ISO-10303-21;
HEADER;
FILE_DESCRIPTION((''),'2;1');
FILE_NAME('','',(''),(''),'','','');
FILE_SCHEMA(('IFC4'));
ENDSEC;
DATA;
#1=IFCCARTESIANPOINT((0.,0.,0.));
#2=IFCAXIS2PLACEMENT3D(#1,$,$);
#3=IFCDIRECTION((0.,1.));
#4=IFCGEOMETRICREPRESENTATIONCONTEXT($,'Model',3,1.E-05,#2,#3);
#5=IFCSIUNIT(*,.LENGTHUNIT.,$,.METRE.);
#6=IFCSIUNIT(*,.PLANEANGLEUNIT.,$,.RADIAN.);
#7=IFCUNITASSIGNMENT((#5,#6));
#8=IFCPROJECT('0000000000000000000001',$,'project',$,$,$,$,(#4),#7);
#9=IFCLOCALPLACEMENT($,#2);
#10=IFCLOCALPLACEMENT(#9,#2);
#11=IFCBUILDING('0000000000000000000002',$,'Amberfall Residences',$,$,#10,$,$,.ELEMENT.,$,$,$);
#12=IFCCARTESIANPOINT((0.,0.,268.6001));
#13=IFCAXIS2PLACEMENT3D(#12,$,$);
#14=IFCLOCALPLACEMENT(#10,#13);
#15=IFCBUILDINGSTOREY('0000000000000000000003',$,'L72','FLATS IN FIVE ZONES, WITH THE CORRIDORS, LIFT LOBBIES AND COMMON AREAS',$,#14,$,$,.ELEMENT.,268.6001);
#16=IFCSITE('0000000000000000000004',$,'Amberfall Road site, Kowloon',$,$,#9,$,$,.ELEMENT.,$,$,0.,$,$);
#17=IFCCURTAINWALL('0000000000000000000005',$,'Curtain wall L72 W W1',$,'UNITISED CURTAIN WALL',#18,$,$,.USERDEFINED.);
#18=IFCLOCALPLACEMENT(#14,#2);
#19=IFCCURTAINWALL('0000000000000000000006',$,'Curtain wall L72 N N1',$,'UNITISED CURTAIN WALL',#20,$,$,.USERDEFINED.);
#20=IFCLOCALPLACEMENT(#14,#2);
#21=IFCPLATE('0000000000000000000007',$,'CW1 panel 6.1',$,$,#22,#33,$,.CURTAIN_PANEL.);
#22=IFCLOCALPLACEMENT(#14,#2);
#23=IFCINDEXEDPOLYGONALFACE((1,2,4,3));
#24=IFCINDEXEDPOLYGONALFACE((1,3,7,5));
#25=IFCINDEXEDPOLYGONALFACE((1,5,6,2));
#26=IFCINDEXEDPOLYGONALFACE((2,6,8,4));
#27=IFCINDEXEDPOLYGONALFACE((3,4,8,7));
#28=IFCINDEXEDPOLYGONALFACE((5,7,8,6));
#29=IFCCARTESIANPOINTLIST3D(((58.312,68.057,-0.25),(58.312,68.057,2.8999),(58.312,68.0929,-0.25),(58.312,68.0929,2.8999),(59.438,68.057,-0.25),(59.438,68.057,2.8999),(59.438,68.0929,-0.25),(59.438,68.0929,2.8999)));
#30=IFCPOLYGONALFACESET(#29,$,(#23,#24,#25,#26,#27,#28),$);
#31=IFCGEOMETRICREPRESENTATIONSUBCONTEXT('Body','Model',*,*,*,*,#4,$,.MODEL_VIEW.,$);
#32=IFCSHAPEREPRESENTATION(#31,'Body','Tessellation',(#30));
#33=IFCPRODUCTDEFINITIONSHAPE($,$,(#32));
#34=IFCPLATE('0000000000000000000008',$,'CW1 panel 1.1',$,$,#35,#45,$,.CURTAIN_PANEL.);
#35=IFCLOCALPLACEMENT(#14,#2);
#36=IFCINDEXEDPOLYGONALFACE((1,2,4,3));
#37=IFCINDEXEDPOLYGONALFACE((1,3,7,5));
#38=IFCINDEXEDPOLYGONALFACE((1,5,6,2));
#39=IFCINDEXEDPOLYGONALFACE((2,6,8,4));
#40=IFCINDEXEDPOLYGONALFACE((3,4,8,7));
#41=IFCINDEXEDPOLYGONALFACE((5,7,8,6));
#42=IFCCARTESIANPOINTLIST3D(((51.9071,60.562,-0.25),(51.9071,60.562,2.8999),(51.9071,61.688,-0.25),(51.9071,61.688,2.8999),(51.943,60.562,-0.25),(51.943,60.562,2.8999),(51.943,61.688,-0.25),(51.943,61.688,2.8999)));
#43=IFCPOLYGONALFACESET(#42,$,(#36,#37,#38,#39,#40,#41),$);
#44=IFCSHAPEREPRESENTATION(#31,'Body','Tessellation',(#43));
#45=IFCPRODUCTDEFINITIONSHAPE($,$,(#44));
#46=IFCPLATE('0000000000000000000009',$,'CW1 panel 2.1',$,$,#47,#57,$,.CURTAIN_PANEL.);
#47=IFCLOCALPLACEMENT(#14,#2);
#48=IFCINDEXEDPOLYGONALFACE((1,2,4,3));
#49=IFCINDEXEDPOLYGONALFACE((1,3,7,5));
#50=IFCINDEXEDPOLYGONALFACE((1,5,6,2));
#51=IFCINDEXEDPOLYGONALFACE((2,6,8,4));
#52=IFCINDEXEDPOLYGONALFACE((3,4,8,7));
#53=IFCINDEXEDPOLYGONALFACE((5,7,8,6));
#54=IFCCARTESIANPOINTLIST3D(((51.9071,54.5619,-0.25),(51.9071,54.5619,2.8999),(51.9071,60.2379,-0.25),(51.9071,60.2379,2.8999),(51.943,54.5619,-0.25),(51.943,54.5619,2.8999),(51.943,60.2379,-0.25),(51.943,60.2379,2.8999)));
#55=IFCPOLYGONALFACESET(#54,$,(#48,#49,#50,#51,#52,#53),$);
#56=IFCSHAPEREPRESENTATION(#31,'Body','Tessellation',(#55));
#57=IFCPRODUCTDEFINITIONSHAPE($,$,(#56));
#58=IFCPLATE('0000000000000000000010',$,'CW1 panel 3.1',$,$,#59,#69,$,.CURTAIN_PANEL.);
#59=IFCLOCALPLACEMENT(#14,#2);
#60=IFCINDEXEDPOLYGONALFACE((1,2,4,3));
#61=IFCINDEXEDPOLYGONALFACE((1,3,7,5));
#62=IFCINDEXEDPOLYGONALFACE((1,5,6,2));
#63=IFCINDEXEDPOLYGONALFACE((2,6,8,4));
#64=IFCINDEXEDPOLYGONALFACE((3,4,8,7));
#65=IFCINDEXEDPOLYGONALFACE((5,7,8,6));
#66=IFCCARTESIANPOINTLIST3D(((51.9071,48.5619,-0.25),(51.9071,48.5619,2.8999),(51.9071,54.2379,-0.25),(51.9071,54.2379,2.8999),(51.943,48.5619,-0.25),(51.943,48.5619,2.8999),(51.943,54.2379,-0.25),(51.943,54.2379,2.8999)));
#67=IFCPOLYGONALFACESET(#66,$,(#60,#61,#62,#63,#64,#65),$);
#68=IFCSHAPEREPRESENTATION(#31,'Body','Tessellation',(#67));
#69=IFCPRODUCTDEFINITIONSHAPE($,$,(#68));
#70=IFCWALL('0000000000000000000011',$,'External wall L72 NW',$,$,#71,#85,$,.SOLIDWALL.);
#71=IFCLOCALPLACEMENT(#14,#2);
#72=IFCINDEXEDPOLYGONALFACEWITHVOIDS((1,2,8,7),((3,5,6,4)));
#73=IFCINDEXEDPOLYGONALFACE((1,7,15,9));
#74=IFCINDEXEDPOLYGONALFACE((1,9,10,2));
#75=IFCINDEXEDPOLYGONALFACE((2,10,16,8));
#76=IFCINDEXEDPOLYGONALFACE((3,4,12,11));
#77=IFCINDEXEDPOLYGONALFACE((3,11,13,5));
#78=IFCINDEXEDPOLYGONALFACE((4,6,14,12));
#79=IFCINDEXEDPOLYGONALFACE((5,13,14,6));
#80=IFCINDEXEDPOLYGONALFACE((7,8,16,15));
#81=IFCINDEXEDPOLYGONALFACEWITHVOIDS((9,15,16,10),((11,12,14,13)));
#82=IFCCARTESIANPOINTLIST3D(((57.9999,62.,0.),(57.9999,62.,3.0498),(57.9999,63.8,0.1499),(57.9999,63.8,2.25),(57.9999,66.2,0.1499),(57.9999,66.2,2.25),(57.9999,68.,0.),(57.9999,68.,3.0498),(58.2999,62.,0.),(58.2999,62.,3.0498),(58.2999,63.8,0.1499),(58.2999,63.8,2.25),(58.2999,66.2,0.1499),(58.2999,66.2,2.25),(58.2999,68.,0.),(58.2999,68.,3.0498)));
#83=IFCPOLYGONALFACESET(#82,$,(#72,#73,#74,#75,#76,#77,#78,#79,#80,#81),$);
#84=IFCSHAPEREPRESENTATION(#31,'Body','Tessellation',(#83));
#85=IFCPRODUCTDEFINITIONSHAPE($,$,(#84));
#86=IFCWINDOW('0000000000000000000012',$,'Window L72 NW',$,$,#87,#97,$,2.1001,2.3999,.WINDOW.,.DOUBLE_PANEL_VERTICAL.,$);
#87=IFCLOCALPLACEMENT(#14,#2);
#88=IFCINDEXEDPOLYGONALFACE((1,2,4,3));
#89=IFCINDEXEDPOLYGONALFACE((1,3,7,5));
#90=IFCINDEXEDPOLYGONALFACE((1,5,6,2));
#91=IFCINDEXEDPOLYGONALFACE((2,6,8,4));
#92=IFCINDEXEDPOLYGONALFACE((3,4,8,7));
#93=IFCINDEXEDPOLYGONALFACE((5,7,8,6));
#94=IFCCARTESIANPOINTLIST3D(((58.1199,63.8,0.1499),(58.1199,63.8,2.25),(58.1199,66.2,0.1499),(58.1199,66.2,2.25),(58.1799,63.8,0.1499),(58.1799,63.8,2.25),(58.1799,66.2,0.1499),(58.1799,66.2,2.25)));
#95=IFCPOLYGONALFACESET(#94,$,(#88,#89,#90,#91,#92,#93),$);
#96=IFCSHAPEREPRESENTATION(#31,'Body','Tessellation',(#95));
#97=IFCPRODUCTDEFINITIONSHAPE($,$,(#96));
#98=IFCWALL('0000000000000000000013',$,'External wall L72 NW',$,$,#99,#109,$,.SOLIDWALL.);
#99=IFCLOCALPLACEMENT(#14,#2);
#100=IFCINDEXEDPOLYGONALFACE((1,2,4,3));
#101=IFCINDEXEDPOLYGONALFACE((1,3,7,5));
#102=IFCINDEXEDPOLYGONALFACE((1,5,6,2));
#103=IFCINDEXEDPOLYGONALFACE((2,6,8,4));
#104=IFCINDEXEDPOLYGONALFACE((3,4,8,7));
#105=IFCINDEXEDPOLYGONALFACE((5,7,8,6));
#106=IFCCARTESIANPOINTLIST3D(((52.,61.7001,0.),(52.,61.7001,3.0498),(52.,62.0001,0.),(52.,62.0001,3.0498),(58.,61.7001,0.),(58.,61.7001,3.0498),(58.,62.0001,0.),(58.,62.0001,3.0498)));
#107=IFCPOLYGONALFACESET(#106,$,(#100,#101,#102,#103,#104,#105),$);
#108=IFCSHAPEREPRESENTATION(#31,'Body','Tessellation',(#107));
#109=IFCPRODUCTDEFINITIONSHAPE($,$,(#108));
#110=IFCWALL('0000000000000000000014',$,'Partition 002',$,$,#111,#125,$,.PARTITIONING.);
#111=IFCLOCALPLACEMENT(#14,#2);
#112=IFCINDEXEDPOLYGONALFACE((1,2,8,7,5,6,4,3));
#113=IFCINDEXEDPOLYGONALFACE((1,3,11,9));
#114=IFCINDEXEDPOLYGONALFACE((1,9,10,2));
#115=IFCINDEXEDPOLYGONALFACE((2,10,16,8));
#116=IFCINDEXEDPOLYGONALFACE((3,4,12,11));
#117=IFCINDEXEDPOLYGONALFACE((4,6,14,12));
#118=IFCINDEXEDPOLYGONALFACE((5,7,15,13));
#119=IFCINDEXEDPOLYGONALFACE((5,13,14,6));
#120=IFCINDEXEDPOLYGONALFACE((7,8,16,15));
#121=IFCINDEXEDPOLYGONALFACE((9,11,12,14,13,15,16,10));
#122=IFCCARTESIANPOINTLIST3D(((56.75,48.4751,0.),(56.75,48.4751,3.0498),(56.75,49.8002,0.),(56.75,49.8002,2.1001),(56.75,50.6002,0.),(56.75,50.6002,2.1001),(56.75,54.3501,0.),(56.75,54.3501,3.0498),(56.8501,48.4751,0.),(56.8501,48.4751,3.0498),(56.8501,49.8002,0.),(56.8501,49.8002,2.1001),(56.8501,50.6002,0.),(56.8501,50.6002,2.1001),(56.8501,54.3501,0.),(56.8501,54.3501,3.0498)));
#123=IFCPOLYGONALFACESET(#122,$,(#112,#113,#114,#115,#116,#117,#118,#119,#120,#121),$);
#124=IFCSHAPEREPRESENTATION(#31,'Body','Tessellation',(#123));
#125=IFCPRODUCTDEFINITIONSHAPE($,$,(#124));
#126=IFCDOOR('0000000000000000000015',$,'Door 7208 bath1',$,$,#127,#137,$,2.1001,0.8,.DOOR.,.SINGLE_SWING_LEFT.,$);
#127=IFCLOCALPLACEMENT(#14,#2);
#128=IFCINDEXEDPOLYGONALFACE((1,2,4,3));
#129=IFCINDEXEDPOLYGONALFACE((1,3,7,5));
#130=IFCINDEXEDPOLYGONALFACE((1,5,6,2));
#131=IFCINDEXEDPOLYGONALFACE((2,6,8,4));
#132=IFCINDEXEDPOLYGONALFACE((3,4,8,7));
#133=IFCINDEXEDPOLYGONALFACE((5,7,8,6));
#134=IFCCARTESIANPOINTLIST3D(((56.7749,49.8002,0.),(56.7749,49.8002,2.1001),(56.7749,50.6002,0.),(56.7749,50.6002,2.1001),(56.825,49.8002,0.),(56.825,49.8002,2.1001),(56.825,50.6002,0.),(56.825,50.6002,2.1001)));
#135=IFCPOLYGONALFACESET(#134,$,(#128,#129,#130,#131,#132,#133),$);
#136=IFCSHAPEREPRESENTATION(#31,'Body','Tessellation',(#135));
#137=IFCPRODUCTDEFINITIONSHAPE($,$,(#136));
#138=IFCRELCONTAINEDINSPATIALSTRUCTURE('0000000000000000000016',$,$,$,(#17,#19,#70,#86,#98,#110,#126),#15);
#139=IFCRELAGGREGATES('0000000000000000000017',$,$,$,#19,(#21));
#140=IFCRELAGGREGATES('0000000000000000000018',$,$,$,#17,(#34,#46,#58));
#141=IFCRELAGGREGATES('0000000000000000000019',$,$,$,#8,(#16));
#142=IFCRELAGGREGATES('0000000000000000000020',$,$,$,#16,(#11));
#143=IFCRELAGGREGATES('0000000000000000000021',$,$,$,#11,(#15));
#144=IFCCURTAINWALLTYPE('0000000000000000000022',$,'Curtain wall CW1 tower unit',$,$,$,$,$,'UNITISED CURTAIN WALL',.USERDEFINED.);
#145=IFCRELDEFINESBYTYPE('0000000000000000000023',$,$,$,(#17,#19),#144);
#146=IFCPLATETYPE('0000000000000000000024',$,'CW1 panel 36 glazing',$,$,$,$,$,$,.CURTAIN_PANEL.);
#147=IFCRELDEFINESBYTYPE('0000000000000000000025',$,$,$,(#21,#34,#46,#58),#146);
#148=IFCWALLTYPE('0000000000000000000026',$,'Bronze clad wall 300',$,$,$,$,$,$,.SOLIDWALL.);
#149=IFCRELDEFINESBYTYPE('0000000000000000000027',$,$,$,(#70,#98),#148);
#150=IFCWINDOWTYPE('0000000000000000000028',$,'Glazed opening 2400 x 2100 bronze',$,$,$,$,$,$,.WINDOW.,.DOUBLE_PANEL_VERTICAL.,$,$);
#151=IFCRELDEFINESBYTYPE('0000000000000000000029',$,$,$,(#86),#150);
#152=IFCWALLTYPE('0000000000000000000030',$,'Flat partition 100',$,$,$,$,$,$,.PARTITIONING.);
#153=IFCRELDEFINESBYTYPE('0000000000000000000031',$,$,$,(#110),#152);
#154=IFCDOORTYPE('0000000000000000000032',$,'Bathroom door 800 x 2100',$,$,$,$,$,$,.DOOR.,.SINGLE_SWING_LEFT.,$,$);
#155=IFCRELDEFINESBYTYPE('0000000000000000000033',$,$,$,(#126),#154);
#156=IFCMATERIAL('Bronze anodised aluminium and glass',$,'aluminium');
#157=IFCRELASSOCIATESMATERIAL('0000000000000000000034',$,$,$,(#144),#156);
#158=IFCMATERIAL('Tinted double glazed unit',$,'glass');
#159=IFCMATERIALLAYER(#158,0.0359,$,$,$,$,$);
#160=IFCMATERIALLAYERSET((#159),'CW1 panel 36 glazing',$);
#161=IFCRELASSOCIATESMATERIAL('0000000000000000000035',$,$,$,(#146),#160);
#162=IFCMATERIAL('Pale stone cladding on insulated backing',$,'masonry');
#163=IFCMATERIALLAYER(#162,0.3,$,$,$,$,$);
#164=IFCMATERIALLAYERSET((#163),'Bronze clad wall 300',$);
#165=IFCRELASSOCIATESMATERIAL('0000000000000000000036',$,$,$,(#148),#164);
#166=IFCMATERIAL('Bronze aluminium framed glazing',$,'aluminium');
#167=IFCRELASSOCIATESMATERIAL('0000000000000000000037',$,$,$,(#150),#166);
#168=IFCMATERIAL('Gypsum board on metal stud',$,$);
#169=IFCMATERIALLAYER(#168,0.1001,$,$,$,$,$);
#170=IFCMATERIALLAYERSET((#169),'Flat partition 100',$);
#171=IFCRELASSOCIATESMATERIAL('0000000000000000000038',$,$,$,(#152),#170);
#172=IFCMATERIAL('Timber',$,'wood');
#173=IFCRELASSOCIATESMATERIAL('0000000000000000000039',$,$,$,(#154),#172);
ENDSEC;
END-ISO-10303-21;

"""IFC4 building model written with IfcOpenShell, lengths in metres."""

from ifc_helpers import new_model, si_unit, direction, frame, frame_2d, origin, origin_2d, place, context, subcontext, project, spatial, rectangle, extrude, material, layer, layer_set, type_object, element, fill, aggregate, save


model = new_model("IFC4")

# Units and contexts
model_context = context("Model", 3, precision=1e-05, world=origin(), true_north=direction((0.0, 1.0)))
body_context = subcontext(model_context, "Body", "Model", "MODEL_VIEW")
ifc_project = project(units=[si_unit("LENGTHUNIT", "METRE"), si_unit("PLANEANGLEUNIT", "RADIAN")], contexts=[model_context])

# Site, building, storey
site_placement = place(None, origin())
site = spatial("IfcSite", under=ifc_project, at=site_placement, Name="Amberfall Road site, Kowloon", CompositionType="ELEMENT", RefElevation=0.0)
building_placement = place(site_placement, origin())
building = spatial("IfcBuilding", under=site, at=building_placement, Name="Amberfall Residences", CompositionType="ELEMENT")
storey_placement = place(building_placement, frame((0.0, 0.0, 268.6001)))
storey = spatial("IfcBuildingStorey", under=building, at=storey_placement, Name="L72", Description="FLATS IN FIVE ZONES, WITH THE CORRIDORS, LIFT LOBBIES AND COMMON AREAS", CompositionType="ELEMENT", Elevation=268.6001)

# Curtain wall
ifc_material_1 = material(Name="Bronze anodised aluminium and glass", Category="aluminium")
curtain_wall_type = type_object("IfcCurtainWallType", Name="Curtain wall CW1 tower unit", ElementType="UNITISED CURTAIN WALL", PredefinedType="USERDEFINED", material=ifc_material_1)
curtain_wall_1_placement = place(storey_placement, origin())
curtain_wall_1 = element("IfcCurtainWall", 1, at=curtain_wall_1_placement, inside=storey, type_object=curtain_wall_type, Name="Curtain wall L72 W W1", ObjectType="UNITISED CURTAIN WALL", PredefinedType="USERDEFINED")

# Curtain wall
curtain_wall_2_placement = place(storey_placement, origin())
curtain_wall_2 = element("IfcCurtainWall", 2, at=curtain_wall_2_placement, inside=storey, type_object=curtain_wall_type, Name="Curtain wall L72 N N1", ObjectType="UNITISED CURTAIN WALL", PredefinedType="USERDEFINED")

# Plates
ifc_material_2 = material(Name="Tinted double glazed unit", Category="glass")
ifc_layer_1 = layer(ifc_material_2, 0.0359)
ifc_layer_set_1 = layer_set([ifc_layer_1], Name="CW1 panel 36 glazing")
plate_type = type_object("IfcPlateType", Name="CW1 panel 36 glazing", PredefinedType="CURTAIN_PANEL", material=ifc_layer_set_1)
plate_1_placement = place(storey_placement, frame((58.875, 68.075, -0.25), z_axis=(0.0, 0.0, 1.0), x_axis=(-1.0, 0.0, 0.0)))
plate_1 = element("IfcPlate", 3, at=plate_1_placement, type_object=plate_type, Name="CW1 panel 6.1", PredefinedType="CURTAIN_PANEL", context=body_context, shape_type="SweptSolid", body=[
    extrude(rectangle(XDim=1.126, YDim=0.0359, at=origin_2d()), origin(), (0.0, 0.0, 1.0), 3.1499),
])
aggregate(curtain_wall_2, [plate_1])
plate_2_placement = place(storey_placement, frame((51.925, 61.125, -0.25), z_axis=(0.0, 0.0, 1.0), x_axis=(0.0, -1.0, 0.0)))
plate_2 = element("IfcPlate", 4, at=plate_2_placement, type_object=plate_type, Name="CW1 panel 1.1", PredefinedType="CURTAIN_PANEL", context=body_context, shape_type="SweptSolid", body=[
    extrude(rectangle(XDim=1.126, YDim=0.0359, at=origin_2d()), origin(), (0.0, 0.0, 1.0), 3.1499),
])
plate_3_placement = place(storey_placement, frame((51.925, 57.3999, -0.25), z_axis=(0.0, 0.0, 1.0), x_axis=(0.0, -1.0, 0.0)))
plate_3 = element("IfcPlate", 5, at=plate_3_placement, type_object=plate_type, Name="CW1 panel 2.1", PredefinedType="CURTAIN_PANEL", context=body_context, shape_type="SweptSolid", body=[
    extrude(rectangle(XDim=5.676, YDim=0.0359, at=origin_2d()), origin(), (0.0, 0.0, 1.0), 3.1499),
])
plate_4_placement = place(storey_placement, frame((51.925, 51.3999, -0.25), z_axis=(0.0, 0.0, 1.0), x_axis=(0.0, -1.0, 0.0)))
plate_4 = element("IfcPlate", 6, at=plate_4_placement, type_object=plate_type, Name="CW1 panel 3.1", PredefinedType="CURTAIN_PANEL", context=body_context, shape_type="SweptSolid", body=[
    extrude(rectangle(XDim=5.676, YDim=0.0359, at=origin_2d()), origin(), (0.0, 0.0, 1.0), 3.1499),
])
aggregate(curtain_wall_1, [plate_2, plate_3, plate_4])

# Wall, opening, window
ifc_material_3 = material(Name="Pale stone cladding on insulated backing", Category="masonry")
ifc_layer_2 = layer(ifc_material_3, 0.3)
ifc_layer_set_2 = layer_set([ifc_layer_2], Name="Bronze clad wall 300")
wall_type_1 = type_object("IfcWallType", Name="Bronze clad wall 300", PredefinedType="SOLIDWALL", material=ifc_layer_set_2)
wall_1_placement = place(storey_placement, frame((58.1499, 68.0, 0.0), z_axis=(0.0, 0.0, 1.0), x_axis=(0.0, -1.0, 0.0)))
wall_1 = element("IfcWall", 7, at=wall_1_placement, inside=storey, type_object=wall_type_1, Name="External wall L72 NW", PredefinedType="SOLIDWALL", context=body_context, shape_type="SweptSolid", body=[
    extrude(rectangle(XDim=6.0, YDim=0.3, at=frame_2d((3.0, 0.0))), origin(), (0.0, 0.0, 1.0), 3.0498),
])
opening_1_placement = place(wall_1_placement, frame((1.8, 0.0, 0.1499)))
opening_1 = element("IfcOpeningElement", 8, at=opening_1_placement, cuts=wall_1, PredefinedType="OPENING", context=body_context, shape_type="SweptSolid", body=[
    extrude(rectangle(XDim=2.3999, YDim=2.1001, at=frame_2d((1.2, 1.05))), frame((0.0, 0.1599, 0.0), z_axis=(0.0, -1.0, 0.0), x_axis=(1.0, 0.0, 0.0)), (0.0, 0.0, 1.0), 0.3201),
])
ifc_material_4 = material(Name="Bronze aluminium framed glazing", Category="aluminium")
window_type = type_object("IfcWindowType", Name="Glazed opening 2400 x 2100 bronze", PartitioningType="DOUBLE_PANEL_VERTICAL", PredefinedType="WINDOW", material=ifc_material_4)
window_placement = place(opening_1_placement, origin())
window = element("IfcWindow", 9, at=window_placement, inside=storey, type_object=window_type, Name="Window L72 NW", OverallHeight=2.1001, OverallWidth=2.3999, PartitioningType="DOUBLE_PANEL_VERTICAL", PredefinedType="WINDOW", context=body_context, shape_type="SweptSolid", body=[
    extrude(rectangle(XDim=2.3999, YDim=2.1001, at=frame_2d((1.2, 1.05))), frame((0.0, 0.03, 0.0), z_axis=(0.0, -1.0, 0.0), x_axis=(1.0, 0.0, 0.0)), (0.0, 0.0, 1.0), 0.0601),
])
fill(opening_1, window)

# Wall
wall_2_placement = place(storey_placement, frame((58.0, 61.8501, 0.0), z_axis=(0.0, 0.0, 1.0), x_axis=(-1.0, 0.0, 0.0)))
element("IfcWall", 10, at=wall_2_placement, inside=storey, type_object=wall_type_1, Name="External wall L72 NW", PredefinedType="SOLIDWALL", context=body_context, shape_type="SweptSolid", body=[
    extrude(rectangle(XDim=6.0, YDim=0.3, at=frame_2d((3.0, 0.0))), origin(), (0.0, 0.0, 1.0), 3.0498),
])

# Wall, opening, door
ifc_material_5 = material(Name="Gypsum board on metal stud")
ifc_layer_3 = layer(ifc_material_5, 0.1001)
ifc_layer_set_3 = layer_set([ifc_layer_3], Name="Flat partition 100")
wall_type_2 = type_object("IfcWallType", Name="Flat partition 100", PredefinedType="PARTITIONING", material=ifc_layer_set_3)
wall_3_placement = place(storey_placement, frame((56.8, 54.3501, 0.0), z_axis=(0.0, 0.0, 1.0), x_axis=(0.0, -1.0, 0.0)))
wall_3 = element("IfcWall", 11, at=wall_3_placement, inside=storey, type_object=wall_type_2, Name="Partition 002", PredefinedType="PARTITIONING", context=body_context, shape_type="SweptSolid", body=[
    extrude(rectangle(XDim=5.875, YDim=0.1001, at=frame_2d((2.9375, 0.0))), origin(), (0.0, 0.0, 1.0), 3.0498),
])
opening_2_placement = place(wall_3_placement, frame((3.75, 0.0, 0.0)))
opening_2 = element("IfcOpeningElement", 12, at=opening_2_placement, cuts=wall_3, PredefinedType="OPENING", context=body_context, shape_type="SweptSolid", body=[
    extrude(rectangle(XDim=0.8, YDim=2.1001, at=frame_2d((0.3999, 1.05))), frame((0.0, 0.0601, 0.0), z_axis=(0.0, -1.0, 0.0), x_axis=(1.0, 0.0, 0.0)), (0.0, 0.0, 1.0), 0.1201),
])
ifc_material_6 = material(Name="Timber", Category="wood")
door_type_1 = type_object("IfcDoorType", Name="Bathroom door 800 x 2100", OperationType="SINGLE_SWING_LEFT", PredefinedType="DOOR", material=ifc_material_6)
door_1_placement = place(opening_2_placement, origin())
door_1 = element("IfcDoor", 13, at=door_1_placement, inside=storey, type_object=door_type_1, Name="Door 7208 bath1", OperationType="SINGLE_SWING_LEFT", OverallHeight=2.1001, OverallWidth=0.8, PredefinedType="DOOR", context=body_context, shape_type="SweptSolid", body=[
    extrude(rectangle(XDim=0.8, YDim=2.1001, at=frame_2d((0.3999, 1.05))), frame((0.0, 0.0249, 0.0), z_axis=(0.0, -1.0, 0.0), x_axis=(1.0, 0.0, 0.0)), (0.0, 0.0, 1.0), 0.05),
])
fill(opening_2, door_1)

save(model, "model.ifc")
